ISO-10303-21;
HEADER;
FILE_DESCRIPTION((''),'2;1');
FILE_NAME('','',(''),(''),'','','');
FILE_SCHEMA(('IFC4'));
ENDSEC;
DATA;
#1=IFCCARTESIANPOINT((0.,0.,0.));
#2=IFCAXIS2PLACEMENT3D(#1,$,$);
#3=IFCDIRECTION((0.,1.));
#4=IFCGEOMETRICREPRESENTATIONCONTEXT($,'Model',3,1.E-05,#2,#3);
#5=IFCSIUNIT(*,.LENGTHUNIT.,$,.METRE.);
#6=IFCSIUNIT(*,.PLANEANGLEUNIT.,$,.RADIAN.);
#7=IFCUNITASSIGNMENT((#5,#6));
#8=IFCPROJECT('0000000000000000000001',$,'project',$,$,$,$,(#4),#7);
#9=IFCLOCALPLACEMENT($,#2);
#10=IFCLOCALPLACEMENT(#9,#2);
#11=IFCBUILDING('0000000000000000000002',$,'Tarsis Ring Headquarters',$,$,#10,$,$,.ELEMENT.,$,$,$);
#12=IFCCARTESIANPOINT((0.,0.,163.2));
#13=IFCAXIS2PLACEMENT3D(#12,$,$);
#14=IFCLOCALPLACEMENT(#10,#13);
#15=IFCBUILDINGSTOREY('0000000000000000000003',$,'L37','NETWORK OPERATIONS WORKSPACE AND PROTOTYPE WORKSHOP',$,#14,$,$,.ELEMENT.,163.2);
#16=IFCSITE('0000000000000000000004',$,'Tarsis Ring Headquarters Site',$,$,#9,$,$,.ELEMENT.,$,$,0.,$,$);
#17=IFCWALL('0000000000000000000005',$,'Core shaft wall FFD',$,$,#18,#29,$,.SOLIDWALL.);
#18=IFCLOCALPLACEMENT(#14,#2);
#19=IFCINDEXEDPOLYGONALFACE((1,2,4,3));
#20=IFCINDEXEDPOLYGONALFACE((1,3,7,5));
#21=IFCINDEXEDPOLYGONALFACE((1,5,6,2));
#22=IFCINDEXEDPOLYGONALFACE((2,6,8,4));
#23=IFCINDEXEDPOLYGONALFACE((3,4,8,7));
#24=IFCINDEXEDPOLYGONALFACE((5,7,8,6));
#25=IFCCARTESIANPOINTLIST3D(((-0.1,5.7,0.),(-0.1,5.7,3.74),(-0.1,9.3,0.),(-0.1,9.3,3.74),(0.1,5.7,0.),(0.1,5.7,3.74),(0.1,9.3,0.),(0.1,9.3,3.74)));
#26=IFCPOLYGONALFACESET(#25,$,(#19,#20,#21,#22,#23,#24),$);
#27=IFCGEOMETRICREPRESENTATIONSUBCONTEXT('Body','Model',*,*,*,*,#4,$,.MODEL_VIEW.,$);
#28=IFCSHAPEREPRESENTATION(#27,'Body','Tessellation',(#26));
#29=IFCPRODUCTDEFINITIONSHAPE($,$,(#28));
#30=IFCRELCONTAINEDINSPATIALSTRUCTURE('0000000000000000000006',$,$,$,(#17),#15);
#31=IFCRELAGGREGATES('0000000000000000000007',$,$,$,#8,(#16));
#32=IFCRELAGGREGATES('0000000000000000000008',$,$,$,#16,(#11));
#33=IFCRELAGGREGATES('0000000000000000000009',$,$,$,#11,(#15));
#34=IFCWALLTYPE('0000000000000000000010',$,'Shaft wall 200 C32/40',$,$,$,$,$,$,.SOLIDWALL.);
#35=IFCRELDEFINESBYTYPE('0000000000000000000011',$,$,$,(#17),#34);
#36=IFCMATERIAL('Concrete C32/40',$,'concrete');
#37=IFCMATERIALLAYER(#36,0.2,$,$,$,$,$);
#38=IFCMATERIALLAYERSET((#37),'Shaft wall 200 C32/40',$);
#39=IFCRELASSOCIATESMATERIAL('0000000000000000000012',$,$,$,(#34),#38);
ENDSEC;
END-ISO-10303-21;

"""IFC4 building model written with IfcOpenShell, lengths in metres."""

from ifc_helpers import new_model, si_unit, direction, frame, frame_2d, origin, place, context, subcontext, project, spatial, rectangle, extrude, material, layer, layer_set, type_object, element, save


model = new_model("IFC4")

# Units and contexts
model_context = context("Model", 3, precision=1e-05, world=origin(), true_north=direction((0.0, 1.0)))
body_context = subcontext(model_context, "Body", "Model", "MODEL_VIEW")
ifc_project = project(units=[si_unit("LENGTHUNIT", "METRE"), si_unit("PLANEANGLEUNIT", "RADIAN")], contexts=[model_context])

# Site, building, storey
site_placement = place(None, origin())
site = spatial("IfcSite", under=ifc_project, at=site_placement, Name="Tarsis Ring Headquarters Site", CompositionType="ELEMENT", RefElevation=0.0)
building_placement = place(site_placement, origin())
building = spatial("IfcBuilding", under=site, at=building_placement, Name="Tarsis Ring Headquarters", CompositionType="ELEMENT")
storey_placement = place(building_placement, frame((0.0, 0.0, 163.2)))
storey = spatial("IfcBuildingStorey", under=building, at=storey_placement, Name="L37", Description="NETWORK OPERATIONS WORKSPACE AND PROTOTYPE WORKSHOP", CompositionType="ELEMENT", Elevation=163.2)

# Shared definitions
ifc_material_1 = material(Name="Concrete C32/40", Category="concrete")
ifc_layer_1 = layer(ifc_material_1, 0.2)
ifc_layer_set_1 = layer_set([ifc_layer_1], Name="Shaft wall 200 C32/40")
wall_type = type_object("IfcWallType", Name="Shaft wall 200 C32/40", PredefinedType="SOLIDWALL", material=ifc_layer_set_1)

# Wall
wall_1_placement = place(storey_placement, frame((0.0, 5.7, 0.0), z_axis=(0.0, 0.0, 1.0), x_axis=(0.0, 1.0, 0.0)))
element("IfcWall", 1, at=wall_1_placement, inside=storey, type_object=wall_type, Name="Core shaft wall FFD", PredefinedType="SOLIDWALL", context=body_context, shape_type="SweptSolid", body=[
    extrude(rectangle(XDim=3.6001, YDim=0.2, at=frame_2d((1.8, 0.0))), origin(), (0.0, 0.0, 1.0), 3.74),
])

save(model, "model.ifc")
